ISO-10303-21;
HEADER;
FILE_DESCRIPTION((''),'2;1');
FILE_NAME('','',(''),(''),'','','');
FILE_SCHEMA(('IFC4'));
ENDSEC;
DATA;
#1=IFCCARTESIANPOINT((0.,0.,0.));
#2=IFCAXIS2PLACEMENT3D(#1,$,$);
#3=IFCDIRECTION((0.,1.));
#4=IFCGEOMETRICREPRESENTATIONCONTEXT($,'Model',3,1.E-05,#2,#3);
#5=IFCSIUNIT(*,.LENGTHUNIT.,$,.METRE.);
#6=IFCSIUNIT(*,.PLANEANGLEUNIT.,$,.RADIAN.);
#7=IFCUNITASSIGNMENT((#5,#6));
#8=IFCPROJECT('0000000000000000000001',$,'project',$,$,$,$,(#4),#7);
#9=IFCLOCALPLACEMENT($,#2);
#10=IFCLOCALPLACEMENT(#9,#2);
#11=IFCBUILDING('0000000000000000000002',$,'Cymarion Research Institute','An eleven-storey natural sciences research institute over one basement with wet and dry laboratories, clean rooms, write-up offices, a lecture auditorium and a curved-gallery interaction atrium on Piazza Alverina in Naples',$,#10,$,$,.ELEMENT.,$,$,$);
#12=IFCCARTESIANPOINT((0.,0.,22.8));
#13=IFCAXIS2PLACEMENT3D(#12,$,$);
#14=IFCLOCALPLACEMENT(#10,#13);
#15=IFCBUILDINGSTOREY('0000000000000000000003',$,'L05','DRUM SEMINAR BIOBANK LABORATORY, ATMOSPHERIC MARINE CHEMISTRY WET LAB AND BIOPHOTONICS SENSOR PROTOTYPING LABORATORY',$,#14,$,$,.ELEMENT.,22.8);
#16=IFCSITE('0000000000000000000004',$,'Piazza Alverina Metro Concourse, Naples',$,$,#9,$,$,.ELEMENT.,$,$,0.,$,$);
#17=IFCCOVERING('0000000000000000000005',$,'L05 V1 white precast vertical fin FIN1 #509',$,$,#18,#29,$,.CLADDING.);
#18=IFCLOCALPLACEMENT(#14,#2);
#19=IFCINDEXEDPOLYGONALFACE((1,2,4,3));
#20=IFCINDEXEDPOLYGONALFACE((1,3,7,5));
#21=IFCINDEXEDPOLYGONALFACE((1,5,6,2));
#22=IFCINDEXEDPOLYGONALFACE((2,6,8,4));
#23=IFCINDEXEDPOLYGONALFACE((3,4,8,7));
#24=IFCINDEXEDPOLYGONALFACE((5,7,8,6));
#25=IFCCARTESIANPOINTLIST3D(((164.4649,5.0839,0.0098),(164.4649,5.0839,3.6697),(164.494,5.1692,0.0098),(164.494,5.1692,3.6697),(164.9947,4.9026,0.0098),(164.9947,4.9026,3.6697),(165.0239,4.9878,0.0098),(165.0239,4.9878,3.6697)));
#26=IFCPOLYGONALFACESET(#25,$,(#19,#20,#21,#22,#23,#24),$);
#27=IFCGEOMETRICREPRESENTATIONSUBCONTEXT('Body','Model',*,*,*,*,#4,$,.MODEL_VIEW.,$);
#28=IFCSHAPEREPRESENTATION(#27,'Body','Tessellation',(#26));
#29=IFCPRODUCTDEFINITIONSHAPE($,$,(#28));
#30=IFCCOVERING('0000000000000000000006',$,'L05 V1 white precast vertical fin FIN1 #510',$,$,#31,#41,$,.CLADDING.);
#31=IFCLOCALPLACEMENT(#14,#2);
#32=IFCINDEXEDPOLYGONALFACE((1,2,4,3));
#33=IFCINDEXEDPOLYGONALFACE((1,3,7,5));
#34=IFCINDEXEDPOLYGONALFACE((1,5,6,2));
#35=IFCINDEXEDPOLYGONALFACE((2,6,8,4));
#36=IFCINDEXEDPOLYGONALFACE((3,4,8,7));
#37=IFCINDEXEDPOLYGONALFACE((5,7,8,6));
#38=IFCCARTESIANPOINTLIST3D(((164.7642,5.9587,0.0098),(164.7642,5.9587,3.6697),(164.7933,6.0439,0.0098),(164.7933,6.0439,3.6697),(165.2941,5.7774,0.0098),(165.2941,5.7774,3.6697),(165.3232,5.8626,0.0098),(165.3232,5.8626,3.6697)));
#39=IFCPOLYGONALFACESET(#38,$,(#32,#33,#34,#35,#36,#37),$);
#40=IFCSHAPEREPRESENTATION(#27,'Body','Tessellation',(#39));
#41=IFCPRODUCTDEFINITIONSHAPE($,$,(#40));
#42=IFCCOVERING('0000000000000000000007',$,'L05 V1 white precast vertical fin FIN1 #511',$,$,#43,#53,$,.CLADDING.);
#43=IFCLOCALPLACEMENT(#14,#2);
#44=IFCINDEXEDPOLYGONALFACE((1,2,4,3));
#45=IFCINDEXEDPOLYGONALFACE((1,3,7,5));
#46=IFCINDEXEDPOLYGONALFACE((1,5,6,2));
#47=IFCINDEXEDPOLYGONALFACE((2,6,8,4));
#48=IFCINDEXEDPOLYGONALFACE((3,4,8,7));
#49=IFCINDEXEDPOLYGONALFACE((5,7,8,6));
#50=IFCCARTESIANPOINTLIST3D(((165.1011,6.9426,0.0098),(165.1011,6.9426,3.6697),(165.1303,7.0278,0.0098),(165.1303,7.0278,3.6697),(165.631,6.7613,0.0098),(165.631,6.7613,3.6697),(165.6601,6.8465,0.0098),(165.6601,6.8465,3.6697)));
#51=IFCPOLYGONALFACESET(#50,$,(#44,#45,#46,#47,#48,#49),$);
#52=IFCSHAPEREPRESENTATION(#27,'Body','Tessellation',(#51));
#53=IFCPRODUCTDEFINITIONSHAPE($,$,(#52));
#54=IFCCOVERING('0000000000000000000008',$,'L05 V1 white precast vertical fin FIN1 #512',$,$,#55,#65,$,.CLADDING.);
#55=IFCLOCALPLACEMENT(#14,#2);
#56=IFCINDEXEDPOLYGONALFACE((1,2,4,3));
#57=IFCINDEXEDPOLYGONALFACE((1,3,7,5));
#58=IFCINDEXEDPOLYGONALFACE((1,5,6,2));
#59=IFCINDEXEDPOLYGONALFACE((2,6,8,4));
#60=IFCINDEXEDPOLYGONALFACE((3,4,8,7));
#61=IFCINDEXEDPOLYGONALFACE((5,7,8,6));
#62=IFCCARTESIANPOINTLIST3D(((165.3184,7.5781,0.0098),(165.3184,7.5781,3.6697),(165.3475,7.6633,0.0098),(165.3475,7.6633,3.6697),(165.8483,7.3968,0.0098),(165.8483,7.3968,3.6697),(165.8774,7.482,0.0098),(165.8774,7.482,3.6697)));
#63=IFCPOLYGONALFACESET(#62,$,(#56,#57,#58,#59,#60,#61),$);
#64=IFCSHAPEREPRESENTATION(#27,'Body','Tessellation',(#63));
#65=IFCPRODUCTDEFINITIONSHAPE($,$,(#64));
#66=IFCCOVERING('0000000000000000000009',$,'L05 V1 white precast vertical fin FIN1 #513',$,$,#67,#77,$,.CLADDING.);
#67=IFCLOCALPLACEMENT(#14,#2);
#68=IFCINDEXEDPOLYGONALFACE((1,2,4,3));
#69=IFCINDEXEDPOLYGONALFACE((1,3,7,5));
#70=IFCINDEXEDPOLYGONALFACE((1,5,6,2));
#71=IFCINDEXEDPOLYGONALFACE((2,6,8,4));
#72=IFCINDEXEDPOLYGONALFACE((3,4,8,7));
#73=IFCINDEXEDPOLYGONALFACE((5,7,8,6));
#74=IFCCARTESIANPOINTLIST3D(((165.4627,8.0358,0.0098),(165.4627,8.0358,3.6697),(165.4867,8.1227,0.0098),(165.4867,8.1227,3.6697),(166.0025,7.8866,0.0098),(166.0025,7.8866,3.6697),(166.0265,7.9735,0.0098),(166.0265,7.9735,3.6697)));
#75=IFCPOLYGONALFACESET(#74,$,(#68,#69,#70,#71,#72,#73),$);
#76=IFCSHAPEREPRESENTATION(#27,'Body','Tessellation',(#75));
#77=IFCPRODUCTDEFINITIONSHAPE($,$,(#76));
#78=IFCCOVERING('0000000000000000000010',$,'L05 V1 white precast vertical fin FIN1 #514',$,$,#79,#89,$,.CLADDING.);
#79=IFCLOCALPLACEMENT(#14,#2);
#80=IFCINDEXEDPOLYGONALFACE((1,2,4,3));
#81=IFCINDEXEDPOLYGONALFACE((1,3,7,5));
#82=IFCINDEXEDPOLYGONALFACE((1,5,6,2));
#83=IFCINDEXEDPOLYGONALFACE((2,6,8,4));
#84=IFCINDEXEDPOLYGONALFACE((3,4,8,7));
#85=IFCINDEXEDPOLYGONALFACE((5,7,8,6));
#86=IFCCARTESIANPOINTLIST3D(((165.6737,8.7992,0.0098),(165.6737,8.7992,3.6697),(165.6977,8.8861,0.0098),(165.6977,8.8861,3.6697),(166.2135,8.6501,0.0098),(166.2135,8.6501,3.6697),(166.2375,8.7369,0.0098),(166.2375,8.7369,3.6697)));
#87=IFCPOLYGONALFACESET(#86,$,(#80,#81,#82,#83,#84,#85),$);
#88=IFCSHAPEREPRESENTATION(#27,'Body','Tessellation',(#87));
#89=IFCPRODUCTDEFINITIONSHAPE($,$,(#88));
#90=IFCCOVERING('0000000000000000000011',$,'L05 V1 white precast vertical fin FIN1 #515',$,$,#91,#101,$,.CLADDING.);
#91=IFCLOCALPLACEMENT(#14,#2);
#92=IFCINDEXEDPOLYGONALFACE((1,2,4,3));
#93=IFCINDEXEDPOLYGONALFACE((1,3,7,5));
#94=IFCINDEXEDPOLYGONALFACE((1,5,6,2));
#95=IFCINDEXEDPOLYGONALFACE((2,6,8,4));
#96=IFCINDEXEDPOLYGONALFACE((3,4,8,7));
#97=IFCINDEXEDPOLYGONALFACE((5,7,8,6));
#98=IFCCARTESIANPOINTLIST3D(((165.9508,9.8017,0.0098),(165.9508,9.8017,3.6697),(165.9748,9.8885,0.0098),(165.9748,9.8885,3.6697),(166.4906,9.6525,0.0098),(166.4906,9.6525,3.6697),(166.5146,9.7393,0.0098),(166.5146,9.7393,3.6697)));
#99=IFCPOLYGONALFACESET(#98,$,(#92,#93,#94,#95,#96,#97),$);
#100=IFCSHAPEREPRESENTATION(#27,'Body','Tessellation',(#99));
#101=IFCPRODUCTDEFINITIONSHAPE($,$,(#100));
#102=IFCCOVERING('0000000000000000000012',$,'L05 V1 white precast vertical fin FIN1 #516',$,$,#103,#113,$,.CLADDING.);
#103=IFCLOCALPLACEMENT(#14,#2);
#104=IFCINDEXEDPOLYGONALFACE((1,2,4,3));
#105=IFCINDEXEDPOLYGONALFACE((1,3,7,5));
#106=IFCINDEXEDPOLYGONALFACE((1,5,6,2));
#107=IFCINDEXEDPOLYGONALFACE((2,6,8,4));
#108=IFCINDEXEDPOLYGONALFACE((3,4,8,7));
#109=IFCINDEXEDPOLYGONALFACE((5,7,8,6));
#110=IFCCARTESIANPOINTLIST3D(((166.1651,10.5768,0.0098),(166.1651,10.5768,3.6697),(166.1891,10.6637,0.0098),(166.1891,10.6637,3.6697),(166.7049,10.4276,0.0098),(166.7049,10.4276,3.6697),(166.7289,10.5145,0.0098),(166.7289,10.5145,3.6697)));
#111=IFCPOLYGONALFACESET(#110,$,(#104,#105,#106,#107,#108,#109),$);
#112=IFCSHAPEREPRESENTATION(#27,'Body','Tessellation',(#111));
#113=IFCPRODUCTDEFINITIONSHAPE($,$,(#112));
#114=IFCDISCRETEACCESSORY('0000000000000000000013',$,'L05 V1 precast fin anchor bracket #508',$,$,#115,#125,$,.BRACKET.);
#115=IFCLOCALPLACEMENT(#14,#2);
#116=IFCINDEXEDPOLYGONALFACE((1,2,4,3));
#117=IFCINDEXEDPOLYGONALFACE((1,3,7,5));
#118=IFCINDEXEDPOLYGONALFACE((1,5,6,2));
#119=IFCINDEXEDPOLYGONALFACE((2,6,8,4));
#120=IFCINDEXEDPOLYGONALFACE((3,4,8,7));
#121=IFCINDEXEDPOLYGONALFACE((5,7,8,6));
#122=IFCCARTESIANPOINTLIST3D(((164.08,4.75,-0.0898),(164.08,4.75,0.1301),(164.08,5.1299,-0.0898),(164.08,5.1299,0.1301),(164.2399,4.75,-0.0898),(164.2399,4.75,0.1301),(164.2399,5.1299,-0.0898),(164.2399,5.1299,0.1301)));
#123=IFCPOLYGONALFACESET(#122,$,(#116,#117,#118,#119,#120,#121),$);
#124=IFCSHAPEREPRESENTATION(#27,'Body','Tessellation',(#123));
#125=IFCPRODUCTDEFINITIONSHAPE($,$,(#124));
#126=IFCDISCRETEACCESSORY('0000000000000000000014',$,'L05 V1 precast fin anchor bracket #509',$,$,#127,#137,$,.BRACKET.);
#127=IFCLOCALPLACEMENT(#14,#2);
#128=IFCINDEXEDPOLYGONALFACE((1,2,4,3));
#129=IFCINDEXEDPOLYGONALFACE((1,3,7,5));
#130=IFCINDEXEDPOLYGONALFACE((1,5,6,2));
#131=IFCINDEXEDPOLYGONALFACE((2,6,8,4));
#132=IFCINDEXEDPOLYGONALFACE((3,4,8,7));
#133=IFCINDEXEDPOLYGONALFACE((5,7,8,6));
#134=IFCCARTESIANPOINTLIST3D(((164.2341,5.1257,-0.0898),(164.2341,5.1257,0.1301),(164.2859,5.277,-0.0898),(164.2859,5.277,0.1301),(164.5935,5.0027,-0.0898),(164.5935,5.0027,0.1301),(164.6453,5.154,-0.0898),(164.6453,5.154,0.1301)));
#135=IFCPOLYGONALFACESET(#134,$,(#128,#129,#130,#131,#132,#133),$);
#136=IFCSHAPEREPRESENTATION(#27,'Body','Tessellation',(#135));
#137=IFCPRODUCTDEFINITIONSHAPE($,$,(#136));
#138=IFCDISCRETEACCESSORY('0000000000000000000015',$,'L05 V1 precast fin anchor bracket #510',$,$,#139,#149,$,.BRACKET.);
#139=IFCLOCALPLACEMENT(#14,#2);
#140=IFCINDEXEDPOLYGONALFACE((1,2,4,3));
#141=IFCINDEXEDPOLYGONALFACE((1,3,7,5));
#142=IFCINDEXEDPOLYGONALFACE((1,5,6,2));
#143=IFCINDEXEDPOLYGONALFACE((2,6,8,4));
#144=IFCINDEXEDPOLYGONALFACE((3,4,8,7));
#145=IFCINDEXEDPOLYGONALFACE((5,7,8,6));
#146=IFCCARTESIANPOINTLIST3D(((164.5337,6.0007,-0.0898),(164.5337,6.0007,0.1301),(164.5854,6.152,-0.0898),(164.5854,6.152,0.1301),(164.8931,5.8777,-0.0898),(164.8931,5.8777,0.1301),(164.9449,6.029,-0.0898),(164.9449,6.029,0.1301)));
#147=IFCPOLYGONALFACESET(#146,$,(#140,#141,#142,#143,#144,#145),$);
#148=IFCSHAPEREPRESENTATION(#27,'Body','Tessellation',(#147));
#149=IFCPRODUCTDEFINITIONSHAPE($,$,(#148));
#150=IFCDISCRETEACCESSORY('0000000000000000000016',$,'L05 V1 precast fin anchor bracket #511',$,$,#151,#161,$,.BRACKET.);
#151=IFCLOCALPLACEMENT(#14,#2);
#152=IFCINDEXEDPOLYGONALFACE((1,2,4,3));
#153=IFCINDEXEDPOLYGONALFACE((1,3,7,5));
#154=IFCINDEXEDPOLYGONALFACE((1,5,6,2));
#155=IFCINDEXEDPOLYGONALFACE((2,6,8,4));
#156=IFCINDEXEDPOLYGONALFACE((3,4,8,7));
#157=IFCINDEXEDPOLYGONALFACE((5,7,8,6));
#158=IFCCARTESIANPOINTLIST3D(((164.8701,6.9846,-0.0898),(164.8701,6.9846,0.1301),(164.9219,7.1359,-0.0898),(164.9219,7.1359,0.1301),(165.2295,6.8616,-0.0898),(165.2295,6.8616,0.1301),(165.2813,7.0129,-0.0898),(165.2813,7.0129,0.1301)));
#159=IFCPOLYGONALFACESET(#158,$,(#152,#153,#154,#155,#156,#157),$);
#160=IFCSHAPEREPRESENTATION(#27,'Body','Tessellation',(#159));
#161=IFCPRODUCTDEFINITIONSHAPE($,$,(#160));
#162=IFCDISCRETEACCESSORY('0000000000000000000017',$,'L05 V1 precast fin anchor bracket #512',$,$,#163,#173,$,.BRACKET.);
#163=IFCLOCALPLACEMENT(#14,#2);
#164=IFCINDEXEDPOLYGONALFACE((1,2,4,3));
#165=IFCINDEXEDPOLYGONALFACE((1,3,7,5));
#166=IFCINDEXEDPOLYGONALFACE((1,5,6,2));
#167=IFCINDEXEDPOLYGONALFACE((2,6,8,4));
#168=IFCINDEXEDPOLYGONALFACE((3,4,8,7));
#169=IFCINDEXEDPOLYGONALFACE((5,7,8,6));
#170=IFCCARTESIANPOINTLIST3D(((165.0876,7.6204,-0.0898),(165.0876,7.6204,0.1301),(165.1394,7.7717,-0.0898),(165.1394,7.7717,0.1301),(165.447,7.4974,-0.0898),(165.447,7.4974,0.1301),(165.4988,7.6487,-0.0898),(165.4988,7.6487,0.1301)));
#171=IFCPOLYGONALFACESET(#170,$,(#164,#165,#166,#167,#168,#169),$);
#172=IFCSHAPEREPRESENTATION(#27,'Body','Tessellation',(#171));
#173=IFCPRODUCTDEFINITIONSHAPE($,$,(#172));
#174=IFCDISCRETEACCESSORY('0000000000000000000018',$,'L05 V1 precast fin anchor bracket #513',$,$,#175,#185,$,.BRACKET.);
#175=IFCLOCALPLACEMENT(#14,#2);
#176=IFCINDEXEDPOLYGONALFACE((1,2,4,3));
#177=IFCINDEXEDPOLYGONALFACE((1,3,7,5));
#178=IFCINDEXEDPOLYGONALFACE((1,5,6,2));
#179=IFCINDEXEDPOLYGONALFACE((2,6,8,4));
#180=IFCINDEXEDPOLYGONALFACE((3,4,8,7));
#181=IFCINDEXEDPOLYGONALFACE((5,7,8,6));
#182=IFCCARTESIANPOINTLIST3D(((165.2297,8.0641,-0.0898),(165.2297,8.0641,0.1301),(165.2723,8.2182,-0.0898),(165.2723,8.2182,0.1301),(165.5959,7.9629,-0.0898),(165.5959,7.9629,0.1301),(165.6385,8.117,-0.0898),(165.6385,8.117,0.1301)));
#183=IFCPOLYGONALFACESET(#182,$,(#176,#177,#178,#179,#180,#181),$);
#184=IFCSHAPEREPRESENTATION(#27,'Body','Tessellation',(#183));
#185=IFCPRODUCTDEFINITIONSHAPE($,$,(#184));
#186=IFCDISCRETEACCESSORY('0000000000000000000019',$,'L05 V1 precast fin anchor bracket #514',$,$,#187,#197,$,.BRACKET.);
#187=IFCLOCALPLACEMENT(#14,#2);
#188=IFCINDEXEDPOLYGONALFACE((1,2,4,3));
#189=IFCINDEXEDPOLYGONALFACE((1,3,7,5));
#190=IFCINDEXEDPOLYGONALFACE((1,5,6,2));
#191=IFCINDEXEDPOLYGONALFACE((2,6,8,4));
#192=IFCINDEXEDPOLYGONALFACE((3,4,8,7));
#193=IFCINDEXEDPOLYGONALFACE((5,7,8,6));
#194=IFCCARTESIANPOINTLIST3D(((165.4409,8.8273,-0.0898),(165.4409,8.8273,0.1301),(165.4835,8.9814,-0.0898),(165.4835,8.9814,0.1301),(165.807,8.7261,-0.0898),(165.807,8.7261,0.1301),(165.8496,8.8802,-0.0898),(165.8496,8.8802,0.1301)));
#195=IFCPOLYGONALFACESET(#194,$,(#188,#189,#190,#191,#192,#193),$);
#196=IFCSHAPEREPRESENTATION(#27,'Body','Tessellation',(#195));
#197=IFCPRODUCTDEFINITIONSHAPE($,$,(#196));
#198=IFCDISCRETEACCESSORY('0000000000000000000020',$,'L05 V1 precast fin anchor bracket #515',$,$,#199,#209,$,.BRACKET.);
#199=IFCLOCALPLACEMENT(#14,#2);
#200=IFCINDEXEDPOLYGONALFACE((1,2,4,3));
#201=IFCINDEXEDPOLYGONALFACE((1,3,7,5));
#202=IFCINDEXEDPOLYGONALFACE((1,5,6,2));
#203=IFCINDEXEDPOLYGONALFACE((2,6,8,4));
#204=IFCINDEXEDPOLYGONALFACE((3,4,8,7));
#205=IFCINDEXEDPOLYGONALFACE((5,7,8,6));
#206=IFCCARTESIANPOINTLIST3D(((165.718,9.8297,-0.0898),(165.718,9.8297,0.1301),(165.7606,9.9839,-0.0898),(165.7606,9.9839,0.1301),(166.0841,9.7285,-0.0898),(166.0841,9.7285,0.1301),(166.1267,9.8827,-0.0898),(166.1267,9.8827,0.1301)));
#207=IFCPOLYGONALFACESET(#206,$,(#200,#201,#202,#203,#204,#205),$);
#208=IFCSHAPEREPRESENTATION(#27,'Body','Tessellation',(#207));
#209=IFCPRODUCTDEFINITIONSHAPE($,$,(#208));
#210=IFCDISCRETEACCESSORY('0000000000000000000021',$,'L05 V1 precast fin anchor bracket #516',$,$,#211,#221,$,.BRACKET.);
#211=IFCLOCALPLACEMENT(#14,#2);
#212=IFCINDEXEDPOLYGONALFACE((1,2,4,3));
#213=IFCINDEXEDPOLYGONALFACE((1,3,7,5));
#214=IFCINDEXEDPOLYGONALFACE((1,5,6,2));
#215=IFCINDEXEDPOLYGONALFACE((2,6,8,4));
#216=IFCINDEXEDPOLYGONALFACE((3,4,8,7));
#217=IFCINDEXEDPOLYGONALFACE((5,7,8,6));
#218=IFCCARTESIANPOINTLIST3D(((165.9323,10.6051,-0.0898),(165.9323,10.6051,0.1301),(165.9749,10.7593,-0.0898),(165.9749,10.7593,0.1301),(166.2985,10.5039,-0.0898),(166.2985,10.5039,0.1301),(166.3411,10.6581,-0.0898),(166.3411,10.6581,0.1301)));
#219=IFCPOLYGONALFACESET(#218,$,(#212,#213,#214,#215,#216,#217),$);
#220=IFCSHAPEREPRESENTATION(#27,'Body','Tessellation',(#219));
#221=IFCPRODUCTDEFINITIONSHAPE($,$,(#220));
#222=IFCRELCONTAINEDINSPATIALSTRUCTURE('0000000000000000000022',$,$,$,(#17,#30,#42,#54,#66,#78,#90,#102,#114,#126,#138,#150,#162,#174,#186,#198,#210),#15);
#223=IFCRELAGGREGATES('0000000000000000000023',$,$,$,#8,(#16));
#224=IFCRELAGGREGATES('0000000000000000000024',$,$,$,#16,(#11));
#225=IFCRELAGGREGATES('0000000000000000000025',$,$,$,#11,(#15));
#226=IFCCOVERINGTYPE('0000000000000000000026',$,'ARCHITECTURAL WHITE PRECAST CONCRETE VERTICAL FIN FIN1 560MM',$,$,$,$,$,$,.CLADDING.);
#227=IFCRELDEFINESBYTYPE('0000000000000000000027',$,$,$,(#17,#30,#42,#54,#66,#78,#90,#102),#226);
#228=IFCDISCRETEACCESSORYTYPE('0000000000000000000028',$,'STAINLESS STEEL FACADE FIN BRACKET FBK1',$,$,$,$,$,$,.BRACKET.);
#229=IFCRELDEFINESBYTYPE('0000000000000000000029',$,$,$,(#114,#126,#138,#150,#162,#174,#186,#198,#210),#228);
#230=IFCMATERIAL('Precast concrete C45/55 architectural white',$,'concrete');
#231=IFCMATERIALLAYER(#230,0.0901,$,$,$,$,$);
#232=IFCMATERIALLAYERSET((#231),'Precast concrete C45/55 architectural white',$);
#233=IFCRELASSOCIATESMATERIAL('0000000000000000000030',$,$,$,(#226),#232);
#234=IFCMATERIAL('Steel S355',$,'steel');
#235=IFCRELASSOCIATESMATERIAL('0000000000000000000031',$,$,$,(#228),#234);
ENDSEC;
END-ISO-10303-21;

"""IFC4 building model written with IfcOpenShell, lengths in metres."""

from ifc_helpers import new_model, si_unit, direction, frame, origin, origin_2d, place, context, subcontext, project, spatial, rectangle, extrude, material, layer, layer_set, type_object, element, save


model = new_model("IFC4")

# Units and contexts
model_context = context("Model", 3, precision=1e-05, world=origin(), true_north=direction((0.0, 1.0)))
body_context = subcontext(model_context, "Body", "Model", "MODEL_VIEW")
ifc_project = project(units=[si_unit("LENGTHUNIT", "METRE"), si_unit("PLANEANGLEUNIT", "RADIAN")], contexts=[model_context])

# Site, building, storey
site_placement = place(None, origin())
site = spatial("IfcSite", under=ifc_project, at=site_placement, Name="Piazza Alverina Metro Concourse, Naples", CompositionType="ELEMENT", RefElevation=0.0)
building_placement = place(site_placement, origin())
building = spatial("IfcBuilding", under=site, at=building_placement, Name="Cymarion Research Institute", Description="An eleven-storey natural sciences research institute over one basement with wet and dry laboratories, clean rooms, write-up offices, a lecture auditorium and a curved-gallery interaction atrium on Piazza Alverina in Naples", CompositionType="ELEMENT")
storey_placement = place(building_placement, frame((0.0, 0.0, 22.8)))
storey = spatial("IfcBuildingStorey", under=building, at=storey_placement, Name="L05", Description="DRUM SEMINAR BIOBANK LABORATORY, ATMOSPHERIC MARINE CHEMISTRY WET LAB AND BIOPHOTONICS SENSOR PROTOTYPING LABORATORY", CompositionType="ELEMENT", Elevation=22.8)

# Shared definitions
ifc_material_1 = material(Name="Steel S355", Category="steel")

# Coverings
ifc_material_2 = material(Name="Precast concrete C45/55 architectural white", Category="concrete")
ifc_layer_1 = layer(ifc_material_2, 0.0901)
ifc_layer_set_1 = layer_set([ifc_layer_1], Name="Precast concrete C45/55 architectural white")
covering_type = type_object("IfcCoveringType", Name="ARCHITECTURAL WHITE PRECAST CONCRETE VERTICAL FIN FIN1 560MM", PredefinedType="CLADDING", material=ifc_layer_set_1)
for number, where, z_axis, x_axis, name in (
    (1, (164.7444, 5.0359, 0.0098), (0.0, 0.0, 1.0), (0.946142, -0.323752, 0.0), "L05 V1 white precast vertical fin FIN1 #509"),
    (2, (165.0437, 5.9106, 0.0098), (0.0, 0.0, 1.0), (0.946142, -0.323752, 0.0), "L05 V1 white precast vertical fin FIN1 #510"),
    (3, (165.3806, 6.8945, 0.0098), (0.0, 0.0, 1.0), (0.946142, -0.323752, 0.0), "L05 V1 white precast vertical fin FIN1 #511"),
    (4, (165.5979, 7.53, 0.0098), (0.0, 0.0, 1.0), (0.946142, -0.323752, 0.0), "L05 V1 white precast vertical fin FIN1 #512"),
    (5, (165.7446, 8.0046, 0.0098), (0.0, 0.0, 1.0), (0.963863, -0.266397, 0.0), "L05 V1 white precast vertical fin FIN1 #513"),
    (6, (165.9556, 8.7681, 0.0098), (0.0, 0.0, 1.0), (0.963863, -0.266397, 0.0), "L05 V1 white precast vertical fin FIN1 #514"),
    (7, (166.2327, 9.7705, 0.0098), (0.0, 0.0, 1.0), (0.963863, -0.266397, 0.0), "L05 V1 white precast vertical fin FIN1 #515"),
    (8, (166.447, 10.5457, 0.0098), (0.0, 0.0, 1.0), (0.963863, -0.266397, 0.0), "L05 V1 white precast vertical fin FIN1 #516"),
):
    element("IfcCovering", number, at=place(storey_placement, frame(where, z_axis=z_axis, x_axis=x_axis)), inside=storey, type_object=covering_type, Name=name, PredefinedType="CLADDING", context=body_context, shape_type="SweptSolid", body=[
        extrude(rectangle(XDim=0.5601, YDim=0.0901, at=origin_2d()), origin(), (0.0, 0.0, 1.0), 3.6599),
    ])

# Discrete accessories
discrete_accessory_type = type_object("IfcDiscreteAccessoryType", Name="STAINLESS STEEL FACADE FIN BRACKET FBK1", PredefinedType="BRACKET", material=ifc_material_1)
for number, where, z_axis, x_axis, name in (
    (9, (164.1599, 4.9399, -0.0898), (0.0, 0.0, 1.0), (0.0, -1.0, 0.0), "L05 V1 precast fin anchor bracket #508"),
    (10, (164.4397, 5.1399, -0.0898), (0.0, 0.0, 1.0), (0.946142, -0.323752, 0.0), "L05 V1 precast fin anchor bracket #509"),
    (11, (164.7393, 6.0149, -0.0898), (0.0, 0.0, 1.0), (0.946142, -0.323752, 0.0), "L05 V1 precast fin anchor bracket #510"),
    (12, (165.0757, 6.9988, -0.0898), (0.0, 0.0, 1.0), (0.946142, -0.323752, 0.0), "L05 V1 precast fin anchor bracket #511"),
    (13, (165.2932, 7.6345, -0.0898), (0.0, 0.0, 1.0), (0.946142, -0.323752, 0.0), "L05 V1 precast fin anchor bracket #512"),
    (14, (165.4341, 8.0906, -0.0898), (0.0, 0.0, 1.0), (0.963863, -0.266397, 0.0), "L05 V1 precast fin anchor bracket #513"),
    (15, (165.6453, 8.8538, -0.0898), (0.0, 0.0, 1.0), (0.963863, -0.266397, 0.0), "L05 V1 precast fin anchor bracket #514"),
    (16, (165.9224, 9.8562, -0.0898), (0.0, 0.0, 1.0), (0.963863, -0.266397, 0.0), "L05 V1 precast fin anchor bracket #515"),
    (17, (166.1367, 10.6316, -0.0898), (0.0, 0.0, 1.0), (0.963863, -0.266397, 0.0), "L05 V1 precast fin anchor bracket #516"),
):
    element("IfcDiscreteAccessory", number, at=place(storey_placement, frame(where, z_axis=z_axis, x_axis=x_axis)), inside=storey, type_object=discrete_accessory_type, Name=name, PredefinedType="BRACKET", context=body_context, shape_type="SweptSolid", body=[
        extrude(rectangle(XDim=0.3799, YDim=0.1599, at=origin_2d()), origin(), (0.0, 0.0, 1.0), 0.22),
    ])

save(model, "model.ifc")
